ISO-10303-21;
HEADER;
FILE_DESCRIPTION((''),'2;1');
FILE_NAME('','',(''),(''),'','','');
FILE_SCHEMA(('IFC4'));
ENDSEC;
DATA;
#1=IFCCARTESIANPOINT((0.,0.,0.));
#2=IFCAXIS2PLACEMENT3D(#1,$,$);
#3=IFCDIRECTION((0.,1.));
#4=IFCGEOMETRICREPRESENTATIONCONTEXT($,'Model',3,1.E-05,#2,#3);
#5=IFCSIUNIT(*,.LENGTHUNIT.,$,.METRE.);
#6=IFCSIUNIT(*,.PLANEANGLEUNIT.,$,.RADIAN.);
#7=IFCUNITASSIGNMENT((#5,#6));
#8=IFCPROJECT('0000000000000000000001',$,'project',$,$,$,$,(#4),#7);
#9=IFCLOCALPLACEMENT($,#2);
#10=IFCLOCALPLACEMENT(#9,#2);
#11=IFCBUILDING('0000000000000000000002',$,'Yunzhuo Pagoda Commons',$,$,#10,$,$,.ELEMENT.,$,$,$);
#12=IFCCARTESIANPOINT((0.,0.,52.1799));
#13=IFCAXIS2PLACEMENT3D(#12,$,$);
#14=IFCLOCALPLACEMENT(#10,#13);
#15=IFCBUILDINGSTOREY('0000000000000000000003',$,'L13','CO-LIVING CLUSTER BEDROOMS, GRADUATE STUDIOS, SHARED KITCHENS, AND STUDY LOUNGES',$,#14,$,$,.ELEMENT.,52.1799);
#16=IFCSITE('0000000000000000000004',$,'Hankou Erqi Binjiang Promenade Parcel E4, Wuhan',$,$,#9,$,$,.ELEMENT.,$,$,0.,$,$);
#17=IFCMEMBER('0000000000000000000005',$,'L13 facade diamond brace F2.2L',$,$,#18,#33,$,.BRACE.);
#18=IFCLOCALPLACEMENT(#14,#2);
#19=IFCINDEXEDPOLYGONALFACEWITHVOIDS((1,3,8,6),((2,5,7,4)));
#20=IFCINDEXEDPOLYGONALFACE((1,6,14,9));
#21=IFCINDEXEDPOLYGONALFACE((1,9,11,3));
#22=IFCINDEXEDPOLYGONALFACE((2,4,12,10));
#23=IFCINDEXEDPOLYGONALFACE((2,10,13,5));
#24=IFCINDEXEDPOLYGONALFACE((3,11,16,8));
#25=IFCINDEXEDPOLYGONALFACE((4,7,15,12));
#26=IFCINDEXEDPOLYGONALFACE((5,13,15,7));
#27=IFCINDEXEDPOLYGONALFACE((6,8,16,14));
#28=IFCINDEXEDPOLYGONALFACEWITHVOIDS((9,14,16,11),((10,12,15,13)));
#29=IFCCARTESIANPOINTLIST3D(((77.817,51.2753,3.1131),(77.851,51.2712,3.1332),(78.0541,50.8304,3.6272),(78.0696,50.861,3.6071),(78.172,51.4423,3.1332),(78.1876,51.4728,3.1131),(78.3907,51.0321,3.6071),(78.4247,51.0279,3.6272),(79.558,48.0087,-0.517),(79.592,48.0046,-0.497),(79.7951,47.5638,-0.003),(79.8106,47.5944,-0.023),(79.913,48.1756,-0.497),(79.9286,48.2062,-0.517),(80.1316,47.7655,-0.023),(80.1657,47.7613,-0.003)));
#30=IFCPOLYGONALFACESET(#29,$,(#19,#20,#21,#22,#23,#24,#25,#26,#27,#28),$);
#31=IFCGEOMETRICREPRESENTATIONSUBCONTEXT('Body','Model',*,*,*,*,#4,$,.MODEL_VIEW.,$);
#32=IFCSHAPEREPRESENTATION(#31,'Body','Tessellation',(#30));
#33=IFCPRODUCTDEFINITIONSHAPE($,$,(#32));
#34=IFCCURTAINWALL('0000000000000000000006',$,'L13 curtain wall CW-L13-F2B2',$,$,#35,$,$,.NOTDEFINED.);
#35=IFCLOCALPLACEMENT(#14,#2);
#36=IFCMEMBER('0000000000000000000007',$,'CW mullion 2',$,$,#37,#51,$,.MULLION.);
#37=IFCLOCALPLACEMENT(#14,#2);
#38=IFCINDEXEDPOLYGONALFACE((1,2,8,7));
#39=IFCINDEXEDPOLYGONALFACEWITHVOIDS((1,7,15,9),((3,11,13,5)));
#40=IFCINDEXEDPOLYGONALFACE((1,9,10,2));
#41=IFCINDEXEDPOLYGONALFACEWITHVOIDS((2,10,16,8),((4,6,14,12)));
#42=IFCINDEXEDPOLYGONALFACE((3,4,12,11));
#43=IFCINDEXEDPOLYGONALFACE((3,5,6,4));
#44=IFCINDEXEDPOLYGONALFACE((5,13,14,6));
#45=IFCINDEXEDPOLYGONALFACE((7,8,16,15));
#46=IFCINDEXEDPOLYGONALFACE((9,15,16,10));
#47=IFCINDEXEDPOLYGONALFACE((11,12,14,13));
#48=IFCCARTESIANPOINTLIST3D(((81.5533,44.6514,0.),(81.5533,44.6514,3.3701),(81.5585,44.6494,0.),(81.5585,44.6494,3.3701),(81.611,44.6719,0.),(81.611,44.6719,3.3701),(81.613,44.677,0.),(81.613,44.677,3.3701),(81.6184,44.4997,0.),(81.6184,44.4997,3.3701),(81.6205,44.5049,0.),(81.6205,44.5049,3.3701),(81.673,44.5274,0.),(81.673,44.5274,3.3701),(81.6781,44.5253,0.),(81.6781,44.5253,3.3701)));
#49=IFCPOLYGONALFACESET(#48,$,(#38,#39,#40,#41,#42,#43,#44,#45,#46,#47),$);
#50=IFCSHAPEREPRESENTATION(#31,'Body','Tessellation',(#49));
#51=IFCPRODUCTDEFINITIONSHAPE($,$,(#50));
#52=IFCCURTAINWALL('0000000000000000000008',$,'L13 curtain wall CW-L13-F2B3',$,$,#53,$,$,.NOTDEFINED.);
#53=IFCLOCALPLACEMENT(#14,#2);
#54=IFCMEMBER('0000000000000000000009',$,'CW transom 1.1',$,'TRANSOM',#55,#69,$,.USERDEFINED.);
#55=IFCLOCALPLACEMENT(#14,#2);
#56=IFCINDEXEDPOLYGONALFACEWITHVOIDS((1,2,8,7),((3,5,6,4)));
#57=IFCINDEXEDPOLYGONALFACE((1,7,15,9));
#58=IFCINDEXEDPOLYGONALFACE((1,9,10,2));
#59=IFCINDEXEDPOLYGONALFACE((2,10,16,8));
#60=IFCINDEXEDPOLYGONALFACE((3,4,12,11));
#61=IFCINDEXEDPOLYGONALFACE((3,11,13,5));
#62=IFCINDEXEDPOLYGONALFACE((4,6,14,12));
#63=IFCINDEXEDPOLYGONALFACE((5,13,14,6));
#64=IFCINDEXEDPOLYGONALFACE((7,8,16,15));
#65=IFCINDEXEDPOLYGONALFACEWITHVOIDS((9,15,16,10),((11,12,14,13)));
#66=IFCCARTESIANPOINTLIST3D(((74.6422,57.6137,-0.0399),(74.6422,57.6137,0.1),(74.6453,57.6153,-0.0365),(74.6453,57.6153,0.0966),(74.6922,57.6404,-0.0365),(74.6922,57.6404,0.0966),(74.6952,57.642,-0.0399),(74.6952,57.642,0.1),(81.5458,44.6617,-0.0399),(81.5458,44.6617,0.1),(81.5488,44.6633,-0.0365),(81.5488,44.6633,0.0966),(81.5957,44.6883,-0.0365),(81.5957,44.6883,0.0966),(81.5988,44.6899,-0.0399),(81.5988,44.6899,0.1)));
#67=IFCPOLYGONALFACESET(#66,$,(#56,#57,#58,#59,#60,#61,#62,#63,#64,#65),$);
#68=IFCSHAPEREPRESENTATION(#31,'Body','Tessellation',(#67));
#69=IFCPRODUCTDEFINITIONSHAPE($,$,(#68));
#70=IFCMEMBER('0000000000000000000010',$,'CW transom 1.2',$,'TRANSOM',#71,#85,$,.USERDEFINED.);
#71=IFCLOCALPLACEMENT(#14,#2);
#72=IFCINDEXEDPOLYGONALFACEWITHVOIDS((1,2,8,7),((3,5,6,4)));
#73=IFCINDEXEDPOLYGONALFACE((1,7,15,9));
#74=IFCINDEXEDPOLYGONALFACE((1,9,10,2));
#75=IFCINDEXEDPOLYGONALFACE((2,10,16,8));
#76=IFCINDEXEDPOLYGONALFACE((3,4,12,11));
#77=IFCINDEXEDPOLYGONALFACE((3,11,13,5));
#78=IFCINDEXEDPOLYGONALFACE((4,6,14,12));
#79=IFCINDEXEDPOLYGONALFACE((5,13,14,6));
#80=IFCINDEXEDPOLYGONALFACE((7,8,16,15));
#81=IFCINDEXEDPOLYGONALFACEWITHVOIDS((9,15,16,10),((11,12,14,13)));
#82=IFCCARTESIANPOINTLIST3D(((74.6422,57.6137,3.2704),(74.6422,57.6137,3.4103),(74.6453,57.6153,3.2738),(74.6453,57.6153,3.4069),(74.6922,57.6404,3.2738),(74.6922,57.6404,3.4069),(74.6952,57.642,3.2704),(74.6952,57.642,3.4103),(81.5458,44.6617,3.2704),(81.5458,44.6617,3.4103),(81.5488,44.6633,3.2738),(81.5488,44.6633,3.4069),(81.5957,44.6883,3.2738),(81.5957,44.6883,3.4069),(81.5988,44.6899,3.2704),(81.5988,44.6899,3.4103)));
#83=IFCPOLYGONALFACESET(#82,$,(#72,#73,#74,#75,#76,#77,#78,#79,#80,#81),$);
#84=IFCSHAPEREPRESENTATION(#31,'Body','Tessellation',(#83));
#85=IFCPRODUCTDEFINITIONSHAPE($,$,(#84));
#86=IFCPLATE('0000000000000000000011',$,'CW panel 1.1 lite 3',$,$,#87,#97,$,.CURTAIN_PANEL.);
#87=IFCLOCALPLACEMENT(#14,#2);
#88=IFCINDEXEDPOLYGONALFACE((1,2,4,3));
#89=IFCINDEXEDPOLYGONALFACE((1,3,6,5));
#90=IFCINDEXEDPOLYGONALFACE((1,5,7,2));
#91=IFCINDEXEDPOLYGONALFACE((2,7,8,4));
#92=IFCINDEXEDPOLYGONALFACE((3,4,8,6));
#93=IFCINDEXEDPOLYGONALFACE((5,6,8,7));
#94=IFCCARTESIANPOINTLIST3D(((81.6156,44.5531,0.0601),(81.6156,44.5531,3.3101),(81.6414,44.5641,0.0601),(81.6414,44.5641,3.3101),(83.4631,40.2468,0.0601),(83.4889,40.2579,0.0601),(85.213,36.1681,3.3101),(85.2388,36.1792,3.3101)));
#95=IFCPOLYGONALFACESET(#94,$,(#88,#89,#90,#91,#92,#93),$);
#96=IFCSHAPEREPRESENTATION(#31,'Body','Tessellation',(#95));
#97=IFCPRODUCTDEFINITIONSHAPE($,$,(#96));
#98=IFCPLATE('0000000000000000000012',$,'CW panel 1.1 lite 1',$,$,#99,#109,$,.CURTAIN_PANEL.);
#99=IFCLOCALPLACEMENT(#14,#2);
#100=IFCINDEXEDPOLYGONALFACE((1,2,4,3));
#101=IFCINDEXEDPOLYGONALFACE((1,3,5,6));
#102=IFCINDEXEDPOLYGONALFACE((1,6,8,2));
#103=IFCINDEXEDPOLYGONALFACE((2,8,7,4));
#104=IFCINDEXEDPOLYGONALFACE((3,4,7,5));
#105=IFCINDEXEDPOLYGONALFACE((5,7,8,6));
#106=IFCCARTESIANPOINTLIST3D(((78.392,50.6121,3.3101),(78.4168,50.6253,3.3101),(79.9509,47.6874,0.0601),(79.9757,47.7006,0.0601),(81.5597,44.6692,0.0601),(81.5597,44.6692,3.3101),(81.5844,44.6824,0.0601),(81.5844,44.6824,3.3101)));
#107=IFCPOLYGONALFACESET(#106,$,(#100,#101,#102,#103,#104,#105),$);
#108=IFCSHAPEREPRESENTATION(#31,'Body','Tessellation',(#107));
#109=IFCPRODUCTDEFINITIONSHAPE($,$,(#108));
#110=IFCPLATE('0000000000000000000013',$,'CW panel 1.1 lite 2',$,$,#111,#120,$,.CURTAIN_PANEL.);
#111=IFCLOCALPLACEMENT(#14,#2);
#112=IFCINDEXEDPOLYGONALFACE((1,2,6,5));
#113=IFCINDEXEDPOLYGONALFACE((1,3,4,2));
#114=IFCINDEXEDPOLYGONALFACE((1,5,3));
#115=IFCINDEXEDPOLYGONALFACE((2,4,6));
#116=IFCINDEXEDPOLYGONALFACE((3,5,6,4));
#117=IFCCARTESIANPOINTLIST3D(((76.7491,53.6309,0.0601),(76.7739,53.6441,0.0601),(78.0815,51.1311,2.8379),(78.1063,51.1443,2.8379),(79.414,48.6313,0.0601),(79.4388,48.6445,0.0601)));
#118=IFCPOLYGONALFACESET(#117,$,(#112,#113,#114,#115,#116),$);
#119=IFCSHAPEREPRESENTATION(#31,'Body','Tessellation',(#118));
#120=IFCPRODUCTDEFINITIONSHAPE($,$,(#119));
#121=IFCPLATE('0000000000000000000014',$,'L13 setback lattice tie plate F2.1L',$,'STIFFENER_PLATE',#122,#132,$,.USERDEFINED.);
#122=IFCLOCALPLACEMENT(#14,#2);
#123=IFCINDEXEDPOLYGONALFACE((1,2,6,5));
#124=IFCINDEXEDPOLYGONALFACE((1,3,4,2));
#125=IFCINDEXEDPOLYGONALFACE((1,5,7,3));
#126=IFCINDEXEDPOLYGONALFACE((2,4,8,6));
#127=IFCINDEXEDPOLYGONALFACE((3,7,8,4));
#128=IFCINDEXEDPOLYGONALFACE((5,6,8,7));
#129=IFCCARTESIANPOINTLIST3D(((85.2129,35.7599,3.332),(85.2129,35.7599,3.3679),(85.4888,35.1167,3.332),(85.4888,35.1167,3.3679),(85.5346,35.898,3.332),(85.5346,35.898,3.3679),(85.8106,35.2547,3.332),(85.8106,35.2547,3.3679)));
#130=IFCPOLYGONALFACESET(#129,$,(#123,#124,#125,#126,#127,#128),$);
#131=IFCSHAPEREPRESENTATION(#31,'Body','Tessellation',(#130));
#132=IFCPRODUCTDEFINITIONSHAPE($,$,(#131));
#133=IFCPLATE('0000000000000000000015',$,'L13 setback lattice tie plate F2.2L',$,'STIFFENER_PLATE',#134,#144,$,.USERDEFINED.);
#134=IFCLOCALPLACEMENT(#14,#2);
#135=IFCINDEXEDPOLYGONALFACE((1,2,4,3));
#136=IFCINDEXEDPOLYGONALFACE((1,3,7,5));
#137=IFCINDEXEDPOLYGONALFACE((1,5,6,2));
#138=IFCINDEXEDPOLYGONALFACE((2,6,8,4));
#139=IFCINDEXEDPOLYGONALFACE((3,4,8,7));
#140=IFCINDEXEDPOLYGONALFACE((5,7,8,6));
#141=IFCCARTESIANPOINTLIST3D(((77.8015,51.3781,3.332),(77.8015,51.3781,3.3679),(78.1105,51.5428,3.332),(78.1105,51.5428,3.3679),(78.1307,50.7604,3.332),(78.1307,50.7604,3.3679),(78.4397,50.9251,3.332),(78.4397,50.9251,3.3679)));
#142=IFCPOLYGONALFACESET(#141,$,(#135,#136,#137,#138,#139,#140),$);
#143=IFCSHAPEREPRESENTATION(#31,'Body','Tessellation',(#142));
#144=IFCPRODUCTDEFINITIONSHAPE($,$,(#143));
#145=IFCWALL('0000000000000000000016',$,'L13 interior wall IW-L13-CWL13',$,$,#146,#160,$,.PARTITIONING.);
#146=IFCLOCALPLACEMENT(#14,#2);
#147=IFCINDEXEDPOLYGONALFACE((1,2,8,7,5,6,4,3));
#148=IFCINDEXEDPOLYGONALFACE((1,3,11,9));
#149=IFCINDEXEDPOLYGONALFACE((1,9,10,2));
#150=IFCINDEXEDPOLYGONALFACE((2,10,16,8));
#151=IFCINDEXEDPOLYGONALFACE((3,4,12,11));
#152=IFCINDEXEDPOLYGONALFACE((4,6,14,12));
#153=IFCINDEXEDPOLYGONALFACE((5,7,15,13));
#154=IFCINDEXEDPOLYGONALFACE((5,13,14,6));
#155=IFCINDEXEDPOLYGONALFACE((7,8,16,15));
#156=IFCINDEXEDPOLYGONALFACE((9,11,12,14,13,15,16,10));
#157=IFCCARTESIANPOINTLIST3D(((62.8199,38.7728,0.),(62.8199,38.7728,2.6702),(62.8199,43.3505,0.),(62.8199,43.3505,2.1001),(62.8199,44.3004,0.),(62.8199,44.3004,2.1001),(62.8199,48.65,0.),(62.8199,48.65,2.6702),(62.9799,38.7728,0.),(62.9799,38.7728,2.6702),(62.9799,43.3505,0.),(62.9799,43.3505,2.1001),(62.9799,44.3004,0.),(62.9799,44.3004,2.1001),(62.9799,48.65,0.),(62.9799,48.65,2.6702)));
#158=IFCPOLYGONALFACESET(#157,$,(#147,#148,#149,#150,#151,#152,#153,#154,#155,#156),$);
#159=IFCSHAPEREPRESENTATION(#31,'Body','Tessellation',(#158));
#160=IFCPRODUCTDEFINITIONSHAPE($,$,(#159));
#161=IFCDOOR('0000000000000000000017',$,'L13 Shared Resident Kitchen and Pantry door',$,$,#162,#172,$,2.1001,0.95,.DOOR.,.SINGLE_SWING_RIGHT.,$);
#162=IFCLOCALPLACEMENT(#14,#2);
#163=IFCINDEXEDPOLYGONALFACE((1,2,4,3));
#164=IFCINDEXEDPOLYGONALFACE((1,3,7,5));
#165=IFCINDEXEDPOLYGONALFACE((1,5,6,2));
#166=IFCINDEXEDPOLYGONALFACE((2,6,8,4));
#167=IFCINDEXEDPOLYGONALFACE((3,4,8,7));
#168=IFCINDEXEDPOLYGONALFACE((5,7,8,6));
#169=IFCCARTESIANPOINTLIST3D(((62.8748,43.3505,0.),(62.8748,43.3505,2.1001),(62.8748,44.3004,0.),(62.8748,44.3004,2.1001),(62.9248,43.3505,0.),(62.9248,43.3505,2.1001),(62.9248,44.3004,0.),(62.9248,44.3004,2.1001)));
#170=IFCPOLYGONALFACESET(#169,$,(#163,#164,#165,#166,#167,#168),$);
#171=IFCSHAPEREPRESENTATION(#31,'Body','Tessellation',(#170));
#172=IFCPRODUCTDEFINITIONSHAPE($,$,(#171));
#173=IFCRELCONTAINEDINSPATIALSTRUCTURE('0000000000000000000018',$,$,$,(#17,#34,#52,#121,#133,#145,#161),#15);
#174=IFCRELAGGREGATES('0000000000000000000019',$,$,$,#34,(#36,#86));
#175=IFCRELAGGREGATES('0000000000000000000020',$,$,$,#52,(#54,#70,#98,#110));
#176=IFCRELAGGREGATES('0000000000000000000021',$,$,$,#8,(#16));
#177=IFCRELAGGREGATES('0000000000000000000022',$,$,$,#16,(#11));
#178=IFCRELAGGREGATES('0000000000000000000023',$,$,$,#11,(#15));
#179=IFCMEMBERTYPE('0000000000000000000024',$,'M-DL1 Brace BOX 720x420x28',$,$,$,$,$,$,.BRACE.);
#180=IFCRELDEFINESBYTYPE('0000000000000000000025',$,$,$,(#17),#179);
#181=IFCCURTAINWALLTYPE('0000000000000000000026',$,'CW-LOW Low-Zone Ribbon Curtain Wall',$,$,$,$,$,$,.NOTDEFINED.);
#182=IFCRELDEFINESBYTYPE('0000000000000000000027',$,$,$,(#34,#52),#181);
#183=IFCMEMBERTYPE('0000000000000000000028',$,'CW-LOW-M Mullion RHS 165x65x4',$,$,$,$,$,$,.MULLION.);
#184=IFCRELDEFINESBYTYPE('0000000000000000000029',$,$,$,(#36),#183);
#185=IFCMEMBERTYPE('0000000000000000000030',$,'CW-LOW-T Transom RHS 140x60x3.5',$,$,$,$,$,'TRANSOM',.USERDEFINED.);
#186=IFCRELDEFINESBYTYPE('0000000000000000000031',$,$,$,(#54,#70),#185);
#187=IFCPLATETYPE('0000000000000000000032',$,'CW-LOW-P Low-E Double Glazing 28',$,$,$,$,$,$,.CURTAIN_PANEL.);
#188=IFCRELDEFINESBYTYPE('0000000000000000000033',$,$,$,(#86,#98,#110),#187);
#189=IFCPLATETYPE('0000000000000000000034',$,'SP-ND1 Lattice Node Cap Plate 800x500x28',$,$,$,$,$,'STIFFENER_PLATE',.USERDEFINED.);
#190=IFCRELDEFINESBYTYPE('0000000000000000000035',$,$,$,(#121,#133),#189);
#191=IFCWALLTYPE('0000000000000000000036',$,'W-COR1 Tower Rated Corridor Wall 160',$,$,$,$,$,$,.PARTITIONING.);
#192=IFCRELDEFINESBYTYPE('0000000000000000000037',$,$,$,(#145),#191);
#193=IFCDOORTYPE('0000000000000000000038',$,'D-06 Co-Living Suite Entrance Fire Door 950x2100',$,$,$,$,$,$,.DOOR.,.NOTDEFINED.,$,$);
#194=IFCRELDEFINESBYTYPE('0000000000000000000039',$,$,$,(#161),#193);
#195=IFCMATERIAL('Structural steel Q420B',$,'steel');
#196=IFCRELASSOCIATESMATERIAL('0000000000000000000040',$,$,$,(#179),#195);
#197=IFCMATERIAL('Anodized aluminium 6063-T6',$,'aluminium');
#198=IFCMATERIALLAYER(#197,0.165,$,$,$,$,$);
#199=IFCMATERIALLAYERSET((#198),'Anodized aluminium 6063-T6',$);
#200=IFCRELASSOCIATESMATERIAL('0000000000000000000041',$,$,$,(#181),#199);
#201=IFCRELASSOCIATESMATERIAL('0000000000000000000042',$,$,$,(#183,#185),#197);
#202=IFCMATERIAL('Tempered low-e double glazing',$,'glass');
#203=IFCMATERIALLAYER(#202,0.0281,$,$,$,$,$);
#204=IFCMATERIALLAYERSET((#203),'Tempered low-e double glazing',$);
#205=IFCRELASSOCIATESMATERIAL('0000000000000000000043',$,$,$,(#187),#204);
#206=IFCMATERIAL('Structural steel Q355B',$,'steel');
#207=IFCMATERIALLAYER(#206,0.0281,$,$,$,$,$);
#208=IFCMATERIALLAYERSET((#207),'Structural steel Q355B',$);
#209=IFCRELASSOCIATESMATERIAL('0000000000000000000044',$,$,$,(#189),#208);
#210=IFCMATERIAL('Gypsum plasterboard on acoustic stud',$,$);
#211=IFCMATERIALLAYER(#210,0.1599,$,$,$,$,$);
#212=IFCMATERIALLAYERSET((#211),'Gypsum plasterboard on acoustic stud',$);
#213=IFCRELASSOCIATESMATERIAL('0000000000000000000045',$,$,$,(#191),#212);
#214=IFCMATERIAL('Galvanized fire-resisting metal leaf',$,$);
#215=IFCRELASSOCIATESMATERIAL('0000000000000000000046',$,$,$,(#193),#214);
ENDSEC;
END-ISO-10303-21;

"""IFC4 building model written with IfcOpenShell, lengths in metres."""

from ifc_helpers import new_model, si_unit, direction, frame, frame_2d, origin, origin_with_axes, origin_2d, place, context, subcontext, project, spatial, polyline, rectangle, hollow_rectangle, outline, extrude, source, transform, mapped, material, layer, layer_set, material_profile, profile_set, type_object, element, fill, aggregate, save


model = new_model("IFC4")

# Units and contexts
model_context = context("Model", 3, precision=1e-05, world=origin(), true_north=direction((0.0, 1.0)))
body_context = subcontext(model_context, "Body", "Model", "MODEL_VIEW")
ifc_project = project(units=[si_unit("LENGTHUNIT", "METRE"), si_unit("PLANEANGLEUNIT", "RADIAN")], contexts=[model_context])

# Site, building, storey
site_placement = place(None, origin())
site = spatial("IfcSite", under=ifc_project, at=site_placement, Name="Hankou Erqi Binjiang Promenade Parcel E4, Wuhan", CompositionType="ELEMENT", RefElevation=0.0)
building_placement = place(site_placement, origin())
building = spatial("IfcBuilding", under=site, at=building_placement, Name="Yunzhuo Pagoda Commons", CompositionType="ELEMENT")
storey_placement = place(building_placement, frame((0.0, 0.0, 52.1799)))
storey = spatial("IfcBuildingStorey", under=building, at=storey_placement, Name="L13", Description="CO-LIVING CLUSTER BEDROOMS, GRADUATE STUDIOS, SHARED KITCHENS, AND STUDY LOUNGES", CompositionType="ELEMENT", Elevation=52.1799)

# Shared definitions
ifc_material_1 = material(Name="Structural steel Q420B", Category="steel")

# Shared definitions
ifc_material_2 = material(Name="Structural steel Q355B", Category="steel")

# Member
ifc_material_profile_1 = material_profile(ifc_material_1, hollow_rectangle(XDim=0.4199, YDim=0.72, WallThickness=0.0281, at=origin_2d()), Name="Structural steel Q420B")
ifc_profile_set_1 = profile_set([ifc_material_profile_1], Name="Structural steel Q420B")
member_type_1 = type_object("IfcMemberType", Name="M-DL1 Brace BOX 720x420x28", PredefinedType="BRACE", material=ifc_profile_set_1)
shared_shape_1 = source(origin(), body_context, "Body", "SweptSolid", [
    extrude(hollow_rectangle(XDim=0.4199, YDim=0.72, WallThickness=0.0281, at=origin_2d()), origin(), (0.0, 0.0, 1.0), 5.1846),
])
member_1_placement = place(storey_placement, frame((79.8618, 47.885, -0.26), z_axis=(-0.3358, 0.630066, 0.700183), x_axis=(-0.88249, -0.470331, 0.0)))
element("IfcMember", 1, at=member_1_placement, inside=storey, type_object=member_type_1, Name="L13 facade diamond brace F2.2L", PredefinedType="BRACE", context=body_context, shape_type="MappedRepresentation", body=[
    mapped(shared_shape_1, transform((0.0, 0.0, 0.0), scale=1.0)),
])

# Curtain wall, member
ifc_material_3 = material(Name="Anodized aluminium 6063-T6", Category="aluminium")
ifc_layer_1 = layer(ifc_material_3, 0.165)
ifc_layer_set_1 = layer_set([ifc_layer_1], Name="Anodized aluminium 6063-T6")
curtain_wall_type = type_object("IfcCurtainWallType", Name="CW-LOW Low-Zone Ribbon Curtain Wall", PredefinedType="NOTDEFINED", material=ifc_layer_set_1)
curtain_wall_1_placement = place(storey_placement, origin())
curtain_wall_1 = element("IfcCurtainWall", 2, at=curtain_wall_1_placement, inside=storey, type_object=curtain_wall_type, Name="L13 curtain wall CW-L13-F2B2", PredefinedType="NOTDEFINED")
ifc_material_profile_2 = material_profile(ifc_material_3, hollow_rectangle(XDim=0.0649, YDim=0.165, WallThickness=0.0039, at=origin_2d()), Name="Anodized aluminium 6063-T6")
ifc_profile_set_2 = profile_set([ifc_material_profile_2], Name="Anodized aluminium 6063-T6")
member_type_2 = type_object("IfcMemberType", Name="CW-LOW-M Mullion RHS 165x65x4", PredefinedType="MULLION", material=ifc_profile_set_2)
shared_shape_2 = source(origin(), body_context, "Body", "SweptSolid", [
    extrude(hollow_rectangle(XDim=0.0649, YDim=0.165, WallThickness=0.0039, at=origin_2d()), origin(), (0.0, 0.0, 1.0), 3.3701),
])
member_2_placement = place(storey_placement, frame((81.6157, 44.5884, 0.0), z_axis=(0.0, 0.0, 1.0), x_axis=(-0.918993, -0.394274, 0.0)))
member_2 = element("IfcMember", 3, at=member_2_placement, type_object=member_type_2, Name="CW mullion 2", PredefinedType="MULLION", context=body_context, shape_type="MappedRepresentation", body=[
    mapped(shared_shape_2, transform((0.0, 0.0, 0.0), scale=1.0)),
])

# Curtain wall, members
curtain_wall_2_placement = place(storey_placement, origin())
curtain_wall_2 = element("IfcCurtainWall", 4, at=curtain_wall_2_placement, inside=storey, type_object=curtain_wall_type, Name="L13 curtain wall CW-L13-F2B3", PredefinedType="NOTDEFINED")
ifc_material_profile_3 = material_profile(ifc_material_3, hollow_rectangle(XDim=0.0601, YDim=0.1399, WallThickness=0.0034, at=origin_2d()), Name="Anodized aluminium 6063-T6")
ifc_profile_set_3 = profile_set([ifc_material_profile_3], Name="Anodized aluminium 6063-T6")
member_type_3 = type_object("IfcMemberType", Name="CW-LOW-T Transom RHS 140x60x3.5", ElementType="TRANSOM", PredefinedType="USERDEFINED", material=ifc_profile_set_3)
shared_shape_3 = source(origin(), body_context, "Body", "SweptSolid", [
    extrude(hollow_rectangle(XDim=0.0601, YDim=0.1399, WallThickness=0.0034, at=origin_2d()), origin(), (0.0, 0.0, 1.0), 14.677),
])
member_3_placement = place(storey_placement, frame((81.5723, 44.6758, 0.03), z_axis=(-0.470363, 0.882473, 0.0), x_axis=(-0.882473, -0.470363, 0.0)))
member_3 = element("IfcMember", 5, at=member_3_placement, type_object=member_type_3, Name="CW transom 1.1", ObjectType="TRANSOM", PredefinedType="USERDEFINED", context=body_context, shape_type="MappedRepresentation", body=[
    mapped(shared_shape_3, transform((0.0, 0.0, 0.0), scale=1.0)),
])
member_4_placement = place(storey_placement, frame((81.5723, 44.6758, 3.3403), z_axis=(-0.470363, 0.882473, 0.0), x_axis=(-0.882473, -0.470363, 0.0)))
member_4 = element("IfcMember", 6, at=member_4_placement, type_object=member_type_3, Name="CW transom 1.2", ObjectType="TRANSOM", PredefinedType="USERDEFINED", context=body_context, shape_type="MappedRepresentation", body=[
    mapped(shared_shape_3, transform((0.0, 0.0, 0.0), scale=1.0)),
])

# Plates
ifc_material_4 = material(Name="Tempered low-e double glazing", Category="glass")
ifc_layer_2 = layer(ifc_material_4, 0.0281)
ifc_layer_set_2 = layer_set([ifc_layer_2], Name="Tempered low-e double glazing")
plate_type_1 = type_object("IfcPlateType", Name="CW-LOW-P Low-E Double Glazing 28", PredefinedType="CURTAIN_PANEL", material=ifc_layer_set_2)
plate_1_placement = place(storey_placement, frame((83.4143, 40.3606, 1.6851), z_axis=(0.918993, 0.394274, 0.0), x_axis=(-0.394274, 0.918993, 0.0)))
plate_1 = element("IfcPlate", 7, at=plate_1_placement, type_object=plate_type_1, Name="CW panel 1.1 lite 3", PredefinedType="CURTAIN_PANEL", context=body_context, shape_type="SweptSolid", body=[
    extrude(outline(polyline([(-4.562, 1.625), (-0.1238, -1.625), (4.562, -1.625), (4.562, 1.625), (-4.562, 1.625)])), origin(), (0.0, 0.0, 1.0), 0.0281),
])
aggregate(curtain_wall_1, [member_2, plate_1])
plate_2_placement = place(storey_placement, frame((79.9758, 47.6406, 1.6851), z_axis=(0.88247, 0.470369, 0.0), x_axis=(-0.470369, 0.88247, 0.0)))
plate_2 = element("IfcPlate", 8, at=plate_2_placement, type_object=plate_type_1, Name="CW panel 1.1 lite 1", PredefinedType="CURTAIN_PANEL", context=body_context, shape_type="SweptSolid", body=[
    extrude(outline(polyline([(-3.3672, -1.625), (0.053, -1.625), (3.3672, 1.625), (-3.3672, 1.625), (-3.3672, -1.625)])), origin(), (0.0, 0.0, 1.0), 0.0281),
])
plate_3_placement = place(storey_placement, frame((78.0815, 51.1311, 1.449), z_axis=(0.88247, 0.470369, 0.0), x_axis=(-0.470369, 0.88247, 0.0)))
plate_3 = element("IfcPlate", 9, at=plate_3_placement, type_object=plate_type_1, Name="CW panel 1.1 lite 2", PredefinedType="CURTAIN_PANEL", context=body_context, shape_type="SweptSolid", body=[
    extrude(outline(polyline([(-2.8328, -1.3889), (2.8328, -1.3889), (0.0, 1.3889), (-2.8328, -1.3889)])), origin(), (0.0, 0.0, 1.0), 0.0281),
])
aggregate(curtain_wall_2, [member_3, member_4, plate_2, plate_3])

# Plates
ifc_layer_3 = layer(ifc_material_2, 0.0281)
ifc_layer_set_3 = layer_set([ifc_layer_3], Name="Structural steel Q355B")
plate_type_2 = type_object("IfcPlateType", Name="SP-ND1 Lattice Node Cap Plate 800x500x28", ElementType="STIFFENER_PLATE", PredefinedType="USERDEFINED", material=ifc_layer_set_3)
shared_shape_4 = source(origin(), body_context, "Body", "SweptSolid", [
    extrude(rectangle(XDim=0.7, YDim=0.3501, at=origin_2d()), origin(), (0.0, 0.0, 1.0), 0.0359),
])
for number, where, z_axis, x_axis, name in (
    (10, (85.5117, 35.5073, 3.332), (0.0, 0.0, 1.0), (-0.394279, 0.918991, 0.0), "L13 setback lattice tie plate F2.1L"),
    (11, (78.1206, 51.1516, 3.332), (0.0, 0.0, 1.0), (-0.470365, 0.882472, 0.0), "L13 setback lattice tie plate F2.2L"),
):
    element("IfcPlate", number, at=place(storey_placement, frame(where, z_axis=z_axis, x_axis=x_axis)), inside=storey, type_object=plate_type_2, Name=name, ObjectType="STIFFENER_PLATE", PredefinedType="USERDEFINED", context=body_context, shape_type="MappedRepresentation", body=[
        mapped(shared_shape_4, transform((0.0, 0.0, 0.0), scale=1.0)),
    ])

# Wall, opening, door
ifc_material_5 = material(Name="Gypsum plasterboard on acoustic stud")
ifc_layer_4 = layer(ifc_material_5, 0.1599)
ifc_layer_set_4 = layer_set([ifc_layer_4], Name="Gypsum plasterboard on acoustic stud")
wall_type_1 = type_object("IfcWallType", Name="W-COR1 Tower Rated Corridor Wall 160", PredefinedType="PARTITIONING", material=ifc_layer_set_4)
wall_1_placement = place(storey_placement, frame((62.8999, 48.6499, 0.0), z_axis=(0.0, 0.0, 1.0), x_axis=(0.0, -1.0, 0.0)))
wall_1 = element("IfcWall", 12, at=wall_1_placement, inside=storey, type_object=wall_type_1, Name="L13 interior wall IW-L13-CWL13", PredefinedType="PARTITIONING", context=body_context, shape_type="SweptSolid", body=[
    extrude(rectangle(XDim=9.8772, YDim=0.1599, at=frame_2d((4.9385, 0.0))), origin(), (0.0, 0.0, 1.0), 2.6702),
])
opening_1_placement = place(wall_1_placement, frame((4.3494, 0.0, 0.0)))
opening_1 = element("IfcOpeningElement", 13, at=opening_1_placement, cuts=wall_1, PredefinedType="OPENING", context=body_context, shape_type="SweptSolid", body=[
    extrude(rectangle(XDim=0.95, YDim=2.1001, at=frame_2d((0.4751, 1.05))), frame((0.0, 0.0898, 0.0), z_axis=(0.0, -1.0, 0.0), x_axis=(1.0, 0.0, 0.0)), (0.0, 0.0, 1.0), 0.1799),
])
ifc_material_6 = material(Name="Galvanized fire-resisting metal leaf")
door_type_1 = type_object("IfcDoorType", Name="D-06 Co-Living Suite Entrance Fire Door 950x2100", OperationType="NOTDEFINED", PredefinedType="DOOR", material=ifc_material_6)
shared_shape_5 = source(origin(), body_context, "Body", "SweptSolid", [
    extrude(rectangle(XDim=0.95, YDim=2.1001, at=frame_2d((0.4751, 1.05))), frame((0.0, 0.0249, 0.0), z_axis=(0.0, -1.0, 0.0), x_axis=(1.0, 0.0, 0.0)), (0.0, 0.0, 1.0), 0.05),
])
door_1_placement = place(opening_1_placement, origin_with_axes())
door_1 = element("IfcDoor", 14, at=door_1_placement, inside=storey, type_object=door_type_1, Name="L13 Shared Resident Kitchen and Pantry door", OperationType="SINGLE_SWING_RIGHT", OverallHeight=2.1001, OverallWidth=0.95, PredefinedType="DOOR", context=body_context, shape_type="MappedRepresentation", body=[
    mapped(shared_shape_5, transform((0.0, 0.0, 0.0), scale=1.0)),
])
fill(opening_1, door_1)

save(model, "model.ifc")
